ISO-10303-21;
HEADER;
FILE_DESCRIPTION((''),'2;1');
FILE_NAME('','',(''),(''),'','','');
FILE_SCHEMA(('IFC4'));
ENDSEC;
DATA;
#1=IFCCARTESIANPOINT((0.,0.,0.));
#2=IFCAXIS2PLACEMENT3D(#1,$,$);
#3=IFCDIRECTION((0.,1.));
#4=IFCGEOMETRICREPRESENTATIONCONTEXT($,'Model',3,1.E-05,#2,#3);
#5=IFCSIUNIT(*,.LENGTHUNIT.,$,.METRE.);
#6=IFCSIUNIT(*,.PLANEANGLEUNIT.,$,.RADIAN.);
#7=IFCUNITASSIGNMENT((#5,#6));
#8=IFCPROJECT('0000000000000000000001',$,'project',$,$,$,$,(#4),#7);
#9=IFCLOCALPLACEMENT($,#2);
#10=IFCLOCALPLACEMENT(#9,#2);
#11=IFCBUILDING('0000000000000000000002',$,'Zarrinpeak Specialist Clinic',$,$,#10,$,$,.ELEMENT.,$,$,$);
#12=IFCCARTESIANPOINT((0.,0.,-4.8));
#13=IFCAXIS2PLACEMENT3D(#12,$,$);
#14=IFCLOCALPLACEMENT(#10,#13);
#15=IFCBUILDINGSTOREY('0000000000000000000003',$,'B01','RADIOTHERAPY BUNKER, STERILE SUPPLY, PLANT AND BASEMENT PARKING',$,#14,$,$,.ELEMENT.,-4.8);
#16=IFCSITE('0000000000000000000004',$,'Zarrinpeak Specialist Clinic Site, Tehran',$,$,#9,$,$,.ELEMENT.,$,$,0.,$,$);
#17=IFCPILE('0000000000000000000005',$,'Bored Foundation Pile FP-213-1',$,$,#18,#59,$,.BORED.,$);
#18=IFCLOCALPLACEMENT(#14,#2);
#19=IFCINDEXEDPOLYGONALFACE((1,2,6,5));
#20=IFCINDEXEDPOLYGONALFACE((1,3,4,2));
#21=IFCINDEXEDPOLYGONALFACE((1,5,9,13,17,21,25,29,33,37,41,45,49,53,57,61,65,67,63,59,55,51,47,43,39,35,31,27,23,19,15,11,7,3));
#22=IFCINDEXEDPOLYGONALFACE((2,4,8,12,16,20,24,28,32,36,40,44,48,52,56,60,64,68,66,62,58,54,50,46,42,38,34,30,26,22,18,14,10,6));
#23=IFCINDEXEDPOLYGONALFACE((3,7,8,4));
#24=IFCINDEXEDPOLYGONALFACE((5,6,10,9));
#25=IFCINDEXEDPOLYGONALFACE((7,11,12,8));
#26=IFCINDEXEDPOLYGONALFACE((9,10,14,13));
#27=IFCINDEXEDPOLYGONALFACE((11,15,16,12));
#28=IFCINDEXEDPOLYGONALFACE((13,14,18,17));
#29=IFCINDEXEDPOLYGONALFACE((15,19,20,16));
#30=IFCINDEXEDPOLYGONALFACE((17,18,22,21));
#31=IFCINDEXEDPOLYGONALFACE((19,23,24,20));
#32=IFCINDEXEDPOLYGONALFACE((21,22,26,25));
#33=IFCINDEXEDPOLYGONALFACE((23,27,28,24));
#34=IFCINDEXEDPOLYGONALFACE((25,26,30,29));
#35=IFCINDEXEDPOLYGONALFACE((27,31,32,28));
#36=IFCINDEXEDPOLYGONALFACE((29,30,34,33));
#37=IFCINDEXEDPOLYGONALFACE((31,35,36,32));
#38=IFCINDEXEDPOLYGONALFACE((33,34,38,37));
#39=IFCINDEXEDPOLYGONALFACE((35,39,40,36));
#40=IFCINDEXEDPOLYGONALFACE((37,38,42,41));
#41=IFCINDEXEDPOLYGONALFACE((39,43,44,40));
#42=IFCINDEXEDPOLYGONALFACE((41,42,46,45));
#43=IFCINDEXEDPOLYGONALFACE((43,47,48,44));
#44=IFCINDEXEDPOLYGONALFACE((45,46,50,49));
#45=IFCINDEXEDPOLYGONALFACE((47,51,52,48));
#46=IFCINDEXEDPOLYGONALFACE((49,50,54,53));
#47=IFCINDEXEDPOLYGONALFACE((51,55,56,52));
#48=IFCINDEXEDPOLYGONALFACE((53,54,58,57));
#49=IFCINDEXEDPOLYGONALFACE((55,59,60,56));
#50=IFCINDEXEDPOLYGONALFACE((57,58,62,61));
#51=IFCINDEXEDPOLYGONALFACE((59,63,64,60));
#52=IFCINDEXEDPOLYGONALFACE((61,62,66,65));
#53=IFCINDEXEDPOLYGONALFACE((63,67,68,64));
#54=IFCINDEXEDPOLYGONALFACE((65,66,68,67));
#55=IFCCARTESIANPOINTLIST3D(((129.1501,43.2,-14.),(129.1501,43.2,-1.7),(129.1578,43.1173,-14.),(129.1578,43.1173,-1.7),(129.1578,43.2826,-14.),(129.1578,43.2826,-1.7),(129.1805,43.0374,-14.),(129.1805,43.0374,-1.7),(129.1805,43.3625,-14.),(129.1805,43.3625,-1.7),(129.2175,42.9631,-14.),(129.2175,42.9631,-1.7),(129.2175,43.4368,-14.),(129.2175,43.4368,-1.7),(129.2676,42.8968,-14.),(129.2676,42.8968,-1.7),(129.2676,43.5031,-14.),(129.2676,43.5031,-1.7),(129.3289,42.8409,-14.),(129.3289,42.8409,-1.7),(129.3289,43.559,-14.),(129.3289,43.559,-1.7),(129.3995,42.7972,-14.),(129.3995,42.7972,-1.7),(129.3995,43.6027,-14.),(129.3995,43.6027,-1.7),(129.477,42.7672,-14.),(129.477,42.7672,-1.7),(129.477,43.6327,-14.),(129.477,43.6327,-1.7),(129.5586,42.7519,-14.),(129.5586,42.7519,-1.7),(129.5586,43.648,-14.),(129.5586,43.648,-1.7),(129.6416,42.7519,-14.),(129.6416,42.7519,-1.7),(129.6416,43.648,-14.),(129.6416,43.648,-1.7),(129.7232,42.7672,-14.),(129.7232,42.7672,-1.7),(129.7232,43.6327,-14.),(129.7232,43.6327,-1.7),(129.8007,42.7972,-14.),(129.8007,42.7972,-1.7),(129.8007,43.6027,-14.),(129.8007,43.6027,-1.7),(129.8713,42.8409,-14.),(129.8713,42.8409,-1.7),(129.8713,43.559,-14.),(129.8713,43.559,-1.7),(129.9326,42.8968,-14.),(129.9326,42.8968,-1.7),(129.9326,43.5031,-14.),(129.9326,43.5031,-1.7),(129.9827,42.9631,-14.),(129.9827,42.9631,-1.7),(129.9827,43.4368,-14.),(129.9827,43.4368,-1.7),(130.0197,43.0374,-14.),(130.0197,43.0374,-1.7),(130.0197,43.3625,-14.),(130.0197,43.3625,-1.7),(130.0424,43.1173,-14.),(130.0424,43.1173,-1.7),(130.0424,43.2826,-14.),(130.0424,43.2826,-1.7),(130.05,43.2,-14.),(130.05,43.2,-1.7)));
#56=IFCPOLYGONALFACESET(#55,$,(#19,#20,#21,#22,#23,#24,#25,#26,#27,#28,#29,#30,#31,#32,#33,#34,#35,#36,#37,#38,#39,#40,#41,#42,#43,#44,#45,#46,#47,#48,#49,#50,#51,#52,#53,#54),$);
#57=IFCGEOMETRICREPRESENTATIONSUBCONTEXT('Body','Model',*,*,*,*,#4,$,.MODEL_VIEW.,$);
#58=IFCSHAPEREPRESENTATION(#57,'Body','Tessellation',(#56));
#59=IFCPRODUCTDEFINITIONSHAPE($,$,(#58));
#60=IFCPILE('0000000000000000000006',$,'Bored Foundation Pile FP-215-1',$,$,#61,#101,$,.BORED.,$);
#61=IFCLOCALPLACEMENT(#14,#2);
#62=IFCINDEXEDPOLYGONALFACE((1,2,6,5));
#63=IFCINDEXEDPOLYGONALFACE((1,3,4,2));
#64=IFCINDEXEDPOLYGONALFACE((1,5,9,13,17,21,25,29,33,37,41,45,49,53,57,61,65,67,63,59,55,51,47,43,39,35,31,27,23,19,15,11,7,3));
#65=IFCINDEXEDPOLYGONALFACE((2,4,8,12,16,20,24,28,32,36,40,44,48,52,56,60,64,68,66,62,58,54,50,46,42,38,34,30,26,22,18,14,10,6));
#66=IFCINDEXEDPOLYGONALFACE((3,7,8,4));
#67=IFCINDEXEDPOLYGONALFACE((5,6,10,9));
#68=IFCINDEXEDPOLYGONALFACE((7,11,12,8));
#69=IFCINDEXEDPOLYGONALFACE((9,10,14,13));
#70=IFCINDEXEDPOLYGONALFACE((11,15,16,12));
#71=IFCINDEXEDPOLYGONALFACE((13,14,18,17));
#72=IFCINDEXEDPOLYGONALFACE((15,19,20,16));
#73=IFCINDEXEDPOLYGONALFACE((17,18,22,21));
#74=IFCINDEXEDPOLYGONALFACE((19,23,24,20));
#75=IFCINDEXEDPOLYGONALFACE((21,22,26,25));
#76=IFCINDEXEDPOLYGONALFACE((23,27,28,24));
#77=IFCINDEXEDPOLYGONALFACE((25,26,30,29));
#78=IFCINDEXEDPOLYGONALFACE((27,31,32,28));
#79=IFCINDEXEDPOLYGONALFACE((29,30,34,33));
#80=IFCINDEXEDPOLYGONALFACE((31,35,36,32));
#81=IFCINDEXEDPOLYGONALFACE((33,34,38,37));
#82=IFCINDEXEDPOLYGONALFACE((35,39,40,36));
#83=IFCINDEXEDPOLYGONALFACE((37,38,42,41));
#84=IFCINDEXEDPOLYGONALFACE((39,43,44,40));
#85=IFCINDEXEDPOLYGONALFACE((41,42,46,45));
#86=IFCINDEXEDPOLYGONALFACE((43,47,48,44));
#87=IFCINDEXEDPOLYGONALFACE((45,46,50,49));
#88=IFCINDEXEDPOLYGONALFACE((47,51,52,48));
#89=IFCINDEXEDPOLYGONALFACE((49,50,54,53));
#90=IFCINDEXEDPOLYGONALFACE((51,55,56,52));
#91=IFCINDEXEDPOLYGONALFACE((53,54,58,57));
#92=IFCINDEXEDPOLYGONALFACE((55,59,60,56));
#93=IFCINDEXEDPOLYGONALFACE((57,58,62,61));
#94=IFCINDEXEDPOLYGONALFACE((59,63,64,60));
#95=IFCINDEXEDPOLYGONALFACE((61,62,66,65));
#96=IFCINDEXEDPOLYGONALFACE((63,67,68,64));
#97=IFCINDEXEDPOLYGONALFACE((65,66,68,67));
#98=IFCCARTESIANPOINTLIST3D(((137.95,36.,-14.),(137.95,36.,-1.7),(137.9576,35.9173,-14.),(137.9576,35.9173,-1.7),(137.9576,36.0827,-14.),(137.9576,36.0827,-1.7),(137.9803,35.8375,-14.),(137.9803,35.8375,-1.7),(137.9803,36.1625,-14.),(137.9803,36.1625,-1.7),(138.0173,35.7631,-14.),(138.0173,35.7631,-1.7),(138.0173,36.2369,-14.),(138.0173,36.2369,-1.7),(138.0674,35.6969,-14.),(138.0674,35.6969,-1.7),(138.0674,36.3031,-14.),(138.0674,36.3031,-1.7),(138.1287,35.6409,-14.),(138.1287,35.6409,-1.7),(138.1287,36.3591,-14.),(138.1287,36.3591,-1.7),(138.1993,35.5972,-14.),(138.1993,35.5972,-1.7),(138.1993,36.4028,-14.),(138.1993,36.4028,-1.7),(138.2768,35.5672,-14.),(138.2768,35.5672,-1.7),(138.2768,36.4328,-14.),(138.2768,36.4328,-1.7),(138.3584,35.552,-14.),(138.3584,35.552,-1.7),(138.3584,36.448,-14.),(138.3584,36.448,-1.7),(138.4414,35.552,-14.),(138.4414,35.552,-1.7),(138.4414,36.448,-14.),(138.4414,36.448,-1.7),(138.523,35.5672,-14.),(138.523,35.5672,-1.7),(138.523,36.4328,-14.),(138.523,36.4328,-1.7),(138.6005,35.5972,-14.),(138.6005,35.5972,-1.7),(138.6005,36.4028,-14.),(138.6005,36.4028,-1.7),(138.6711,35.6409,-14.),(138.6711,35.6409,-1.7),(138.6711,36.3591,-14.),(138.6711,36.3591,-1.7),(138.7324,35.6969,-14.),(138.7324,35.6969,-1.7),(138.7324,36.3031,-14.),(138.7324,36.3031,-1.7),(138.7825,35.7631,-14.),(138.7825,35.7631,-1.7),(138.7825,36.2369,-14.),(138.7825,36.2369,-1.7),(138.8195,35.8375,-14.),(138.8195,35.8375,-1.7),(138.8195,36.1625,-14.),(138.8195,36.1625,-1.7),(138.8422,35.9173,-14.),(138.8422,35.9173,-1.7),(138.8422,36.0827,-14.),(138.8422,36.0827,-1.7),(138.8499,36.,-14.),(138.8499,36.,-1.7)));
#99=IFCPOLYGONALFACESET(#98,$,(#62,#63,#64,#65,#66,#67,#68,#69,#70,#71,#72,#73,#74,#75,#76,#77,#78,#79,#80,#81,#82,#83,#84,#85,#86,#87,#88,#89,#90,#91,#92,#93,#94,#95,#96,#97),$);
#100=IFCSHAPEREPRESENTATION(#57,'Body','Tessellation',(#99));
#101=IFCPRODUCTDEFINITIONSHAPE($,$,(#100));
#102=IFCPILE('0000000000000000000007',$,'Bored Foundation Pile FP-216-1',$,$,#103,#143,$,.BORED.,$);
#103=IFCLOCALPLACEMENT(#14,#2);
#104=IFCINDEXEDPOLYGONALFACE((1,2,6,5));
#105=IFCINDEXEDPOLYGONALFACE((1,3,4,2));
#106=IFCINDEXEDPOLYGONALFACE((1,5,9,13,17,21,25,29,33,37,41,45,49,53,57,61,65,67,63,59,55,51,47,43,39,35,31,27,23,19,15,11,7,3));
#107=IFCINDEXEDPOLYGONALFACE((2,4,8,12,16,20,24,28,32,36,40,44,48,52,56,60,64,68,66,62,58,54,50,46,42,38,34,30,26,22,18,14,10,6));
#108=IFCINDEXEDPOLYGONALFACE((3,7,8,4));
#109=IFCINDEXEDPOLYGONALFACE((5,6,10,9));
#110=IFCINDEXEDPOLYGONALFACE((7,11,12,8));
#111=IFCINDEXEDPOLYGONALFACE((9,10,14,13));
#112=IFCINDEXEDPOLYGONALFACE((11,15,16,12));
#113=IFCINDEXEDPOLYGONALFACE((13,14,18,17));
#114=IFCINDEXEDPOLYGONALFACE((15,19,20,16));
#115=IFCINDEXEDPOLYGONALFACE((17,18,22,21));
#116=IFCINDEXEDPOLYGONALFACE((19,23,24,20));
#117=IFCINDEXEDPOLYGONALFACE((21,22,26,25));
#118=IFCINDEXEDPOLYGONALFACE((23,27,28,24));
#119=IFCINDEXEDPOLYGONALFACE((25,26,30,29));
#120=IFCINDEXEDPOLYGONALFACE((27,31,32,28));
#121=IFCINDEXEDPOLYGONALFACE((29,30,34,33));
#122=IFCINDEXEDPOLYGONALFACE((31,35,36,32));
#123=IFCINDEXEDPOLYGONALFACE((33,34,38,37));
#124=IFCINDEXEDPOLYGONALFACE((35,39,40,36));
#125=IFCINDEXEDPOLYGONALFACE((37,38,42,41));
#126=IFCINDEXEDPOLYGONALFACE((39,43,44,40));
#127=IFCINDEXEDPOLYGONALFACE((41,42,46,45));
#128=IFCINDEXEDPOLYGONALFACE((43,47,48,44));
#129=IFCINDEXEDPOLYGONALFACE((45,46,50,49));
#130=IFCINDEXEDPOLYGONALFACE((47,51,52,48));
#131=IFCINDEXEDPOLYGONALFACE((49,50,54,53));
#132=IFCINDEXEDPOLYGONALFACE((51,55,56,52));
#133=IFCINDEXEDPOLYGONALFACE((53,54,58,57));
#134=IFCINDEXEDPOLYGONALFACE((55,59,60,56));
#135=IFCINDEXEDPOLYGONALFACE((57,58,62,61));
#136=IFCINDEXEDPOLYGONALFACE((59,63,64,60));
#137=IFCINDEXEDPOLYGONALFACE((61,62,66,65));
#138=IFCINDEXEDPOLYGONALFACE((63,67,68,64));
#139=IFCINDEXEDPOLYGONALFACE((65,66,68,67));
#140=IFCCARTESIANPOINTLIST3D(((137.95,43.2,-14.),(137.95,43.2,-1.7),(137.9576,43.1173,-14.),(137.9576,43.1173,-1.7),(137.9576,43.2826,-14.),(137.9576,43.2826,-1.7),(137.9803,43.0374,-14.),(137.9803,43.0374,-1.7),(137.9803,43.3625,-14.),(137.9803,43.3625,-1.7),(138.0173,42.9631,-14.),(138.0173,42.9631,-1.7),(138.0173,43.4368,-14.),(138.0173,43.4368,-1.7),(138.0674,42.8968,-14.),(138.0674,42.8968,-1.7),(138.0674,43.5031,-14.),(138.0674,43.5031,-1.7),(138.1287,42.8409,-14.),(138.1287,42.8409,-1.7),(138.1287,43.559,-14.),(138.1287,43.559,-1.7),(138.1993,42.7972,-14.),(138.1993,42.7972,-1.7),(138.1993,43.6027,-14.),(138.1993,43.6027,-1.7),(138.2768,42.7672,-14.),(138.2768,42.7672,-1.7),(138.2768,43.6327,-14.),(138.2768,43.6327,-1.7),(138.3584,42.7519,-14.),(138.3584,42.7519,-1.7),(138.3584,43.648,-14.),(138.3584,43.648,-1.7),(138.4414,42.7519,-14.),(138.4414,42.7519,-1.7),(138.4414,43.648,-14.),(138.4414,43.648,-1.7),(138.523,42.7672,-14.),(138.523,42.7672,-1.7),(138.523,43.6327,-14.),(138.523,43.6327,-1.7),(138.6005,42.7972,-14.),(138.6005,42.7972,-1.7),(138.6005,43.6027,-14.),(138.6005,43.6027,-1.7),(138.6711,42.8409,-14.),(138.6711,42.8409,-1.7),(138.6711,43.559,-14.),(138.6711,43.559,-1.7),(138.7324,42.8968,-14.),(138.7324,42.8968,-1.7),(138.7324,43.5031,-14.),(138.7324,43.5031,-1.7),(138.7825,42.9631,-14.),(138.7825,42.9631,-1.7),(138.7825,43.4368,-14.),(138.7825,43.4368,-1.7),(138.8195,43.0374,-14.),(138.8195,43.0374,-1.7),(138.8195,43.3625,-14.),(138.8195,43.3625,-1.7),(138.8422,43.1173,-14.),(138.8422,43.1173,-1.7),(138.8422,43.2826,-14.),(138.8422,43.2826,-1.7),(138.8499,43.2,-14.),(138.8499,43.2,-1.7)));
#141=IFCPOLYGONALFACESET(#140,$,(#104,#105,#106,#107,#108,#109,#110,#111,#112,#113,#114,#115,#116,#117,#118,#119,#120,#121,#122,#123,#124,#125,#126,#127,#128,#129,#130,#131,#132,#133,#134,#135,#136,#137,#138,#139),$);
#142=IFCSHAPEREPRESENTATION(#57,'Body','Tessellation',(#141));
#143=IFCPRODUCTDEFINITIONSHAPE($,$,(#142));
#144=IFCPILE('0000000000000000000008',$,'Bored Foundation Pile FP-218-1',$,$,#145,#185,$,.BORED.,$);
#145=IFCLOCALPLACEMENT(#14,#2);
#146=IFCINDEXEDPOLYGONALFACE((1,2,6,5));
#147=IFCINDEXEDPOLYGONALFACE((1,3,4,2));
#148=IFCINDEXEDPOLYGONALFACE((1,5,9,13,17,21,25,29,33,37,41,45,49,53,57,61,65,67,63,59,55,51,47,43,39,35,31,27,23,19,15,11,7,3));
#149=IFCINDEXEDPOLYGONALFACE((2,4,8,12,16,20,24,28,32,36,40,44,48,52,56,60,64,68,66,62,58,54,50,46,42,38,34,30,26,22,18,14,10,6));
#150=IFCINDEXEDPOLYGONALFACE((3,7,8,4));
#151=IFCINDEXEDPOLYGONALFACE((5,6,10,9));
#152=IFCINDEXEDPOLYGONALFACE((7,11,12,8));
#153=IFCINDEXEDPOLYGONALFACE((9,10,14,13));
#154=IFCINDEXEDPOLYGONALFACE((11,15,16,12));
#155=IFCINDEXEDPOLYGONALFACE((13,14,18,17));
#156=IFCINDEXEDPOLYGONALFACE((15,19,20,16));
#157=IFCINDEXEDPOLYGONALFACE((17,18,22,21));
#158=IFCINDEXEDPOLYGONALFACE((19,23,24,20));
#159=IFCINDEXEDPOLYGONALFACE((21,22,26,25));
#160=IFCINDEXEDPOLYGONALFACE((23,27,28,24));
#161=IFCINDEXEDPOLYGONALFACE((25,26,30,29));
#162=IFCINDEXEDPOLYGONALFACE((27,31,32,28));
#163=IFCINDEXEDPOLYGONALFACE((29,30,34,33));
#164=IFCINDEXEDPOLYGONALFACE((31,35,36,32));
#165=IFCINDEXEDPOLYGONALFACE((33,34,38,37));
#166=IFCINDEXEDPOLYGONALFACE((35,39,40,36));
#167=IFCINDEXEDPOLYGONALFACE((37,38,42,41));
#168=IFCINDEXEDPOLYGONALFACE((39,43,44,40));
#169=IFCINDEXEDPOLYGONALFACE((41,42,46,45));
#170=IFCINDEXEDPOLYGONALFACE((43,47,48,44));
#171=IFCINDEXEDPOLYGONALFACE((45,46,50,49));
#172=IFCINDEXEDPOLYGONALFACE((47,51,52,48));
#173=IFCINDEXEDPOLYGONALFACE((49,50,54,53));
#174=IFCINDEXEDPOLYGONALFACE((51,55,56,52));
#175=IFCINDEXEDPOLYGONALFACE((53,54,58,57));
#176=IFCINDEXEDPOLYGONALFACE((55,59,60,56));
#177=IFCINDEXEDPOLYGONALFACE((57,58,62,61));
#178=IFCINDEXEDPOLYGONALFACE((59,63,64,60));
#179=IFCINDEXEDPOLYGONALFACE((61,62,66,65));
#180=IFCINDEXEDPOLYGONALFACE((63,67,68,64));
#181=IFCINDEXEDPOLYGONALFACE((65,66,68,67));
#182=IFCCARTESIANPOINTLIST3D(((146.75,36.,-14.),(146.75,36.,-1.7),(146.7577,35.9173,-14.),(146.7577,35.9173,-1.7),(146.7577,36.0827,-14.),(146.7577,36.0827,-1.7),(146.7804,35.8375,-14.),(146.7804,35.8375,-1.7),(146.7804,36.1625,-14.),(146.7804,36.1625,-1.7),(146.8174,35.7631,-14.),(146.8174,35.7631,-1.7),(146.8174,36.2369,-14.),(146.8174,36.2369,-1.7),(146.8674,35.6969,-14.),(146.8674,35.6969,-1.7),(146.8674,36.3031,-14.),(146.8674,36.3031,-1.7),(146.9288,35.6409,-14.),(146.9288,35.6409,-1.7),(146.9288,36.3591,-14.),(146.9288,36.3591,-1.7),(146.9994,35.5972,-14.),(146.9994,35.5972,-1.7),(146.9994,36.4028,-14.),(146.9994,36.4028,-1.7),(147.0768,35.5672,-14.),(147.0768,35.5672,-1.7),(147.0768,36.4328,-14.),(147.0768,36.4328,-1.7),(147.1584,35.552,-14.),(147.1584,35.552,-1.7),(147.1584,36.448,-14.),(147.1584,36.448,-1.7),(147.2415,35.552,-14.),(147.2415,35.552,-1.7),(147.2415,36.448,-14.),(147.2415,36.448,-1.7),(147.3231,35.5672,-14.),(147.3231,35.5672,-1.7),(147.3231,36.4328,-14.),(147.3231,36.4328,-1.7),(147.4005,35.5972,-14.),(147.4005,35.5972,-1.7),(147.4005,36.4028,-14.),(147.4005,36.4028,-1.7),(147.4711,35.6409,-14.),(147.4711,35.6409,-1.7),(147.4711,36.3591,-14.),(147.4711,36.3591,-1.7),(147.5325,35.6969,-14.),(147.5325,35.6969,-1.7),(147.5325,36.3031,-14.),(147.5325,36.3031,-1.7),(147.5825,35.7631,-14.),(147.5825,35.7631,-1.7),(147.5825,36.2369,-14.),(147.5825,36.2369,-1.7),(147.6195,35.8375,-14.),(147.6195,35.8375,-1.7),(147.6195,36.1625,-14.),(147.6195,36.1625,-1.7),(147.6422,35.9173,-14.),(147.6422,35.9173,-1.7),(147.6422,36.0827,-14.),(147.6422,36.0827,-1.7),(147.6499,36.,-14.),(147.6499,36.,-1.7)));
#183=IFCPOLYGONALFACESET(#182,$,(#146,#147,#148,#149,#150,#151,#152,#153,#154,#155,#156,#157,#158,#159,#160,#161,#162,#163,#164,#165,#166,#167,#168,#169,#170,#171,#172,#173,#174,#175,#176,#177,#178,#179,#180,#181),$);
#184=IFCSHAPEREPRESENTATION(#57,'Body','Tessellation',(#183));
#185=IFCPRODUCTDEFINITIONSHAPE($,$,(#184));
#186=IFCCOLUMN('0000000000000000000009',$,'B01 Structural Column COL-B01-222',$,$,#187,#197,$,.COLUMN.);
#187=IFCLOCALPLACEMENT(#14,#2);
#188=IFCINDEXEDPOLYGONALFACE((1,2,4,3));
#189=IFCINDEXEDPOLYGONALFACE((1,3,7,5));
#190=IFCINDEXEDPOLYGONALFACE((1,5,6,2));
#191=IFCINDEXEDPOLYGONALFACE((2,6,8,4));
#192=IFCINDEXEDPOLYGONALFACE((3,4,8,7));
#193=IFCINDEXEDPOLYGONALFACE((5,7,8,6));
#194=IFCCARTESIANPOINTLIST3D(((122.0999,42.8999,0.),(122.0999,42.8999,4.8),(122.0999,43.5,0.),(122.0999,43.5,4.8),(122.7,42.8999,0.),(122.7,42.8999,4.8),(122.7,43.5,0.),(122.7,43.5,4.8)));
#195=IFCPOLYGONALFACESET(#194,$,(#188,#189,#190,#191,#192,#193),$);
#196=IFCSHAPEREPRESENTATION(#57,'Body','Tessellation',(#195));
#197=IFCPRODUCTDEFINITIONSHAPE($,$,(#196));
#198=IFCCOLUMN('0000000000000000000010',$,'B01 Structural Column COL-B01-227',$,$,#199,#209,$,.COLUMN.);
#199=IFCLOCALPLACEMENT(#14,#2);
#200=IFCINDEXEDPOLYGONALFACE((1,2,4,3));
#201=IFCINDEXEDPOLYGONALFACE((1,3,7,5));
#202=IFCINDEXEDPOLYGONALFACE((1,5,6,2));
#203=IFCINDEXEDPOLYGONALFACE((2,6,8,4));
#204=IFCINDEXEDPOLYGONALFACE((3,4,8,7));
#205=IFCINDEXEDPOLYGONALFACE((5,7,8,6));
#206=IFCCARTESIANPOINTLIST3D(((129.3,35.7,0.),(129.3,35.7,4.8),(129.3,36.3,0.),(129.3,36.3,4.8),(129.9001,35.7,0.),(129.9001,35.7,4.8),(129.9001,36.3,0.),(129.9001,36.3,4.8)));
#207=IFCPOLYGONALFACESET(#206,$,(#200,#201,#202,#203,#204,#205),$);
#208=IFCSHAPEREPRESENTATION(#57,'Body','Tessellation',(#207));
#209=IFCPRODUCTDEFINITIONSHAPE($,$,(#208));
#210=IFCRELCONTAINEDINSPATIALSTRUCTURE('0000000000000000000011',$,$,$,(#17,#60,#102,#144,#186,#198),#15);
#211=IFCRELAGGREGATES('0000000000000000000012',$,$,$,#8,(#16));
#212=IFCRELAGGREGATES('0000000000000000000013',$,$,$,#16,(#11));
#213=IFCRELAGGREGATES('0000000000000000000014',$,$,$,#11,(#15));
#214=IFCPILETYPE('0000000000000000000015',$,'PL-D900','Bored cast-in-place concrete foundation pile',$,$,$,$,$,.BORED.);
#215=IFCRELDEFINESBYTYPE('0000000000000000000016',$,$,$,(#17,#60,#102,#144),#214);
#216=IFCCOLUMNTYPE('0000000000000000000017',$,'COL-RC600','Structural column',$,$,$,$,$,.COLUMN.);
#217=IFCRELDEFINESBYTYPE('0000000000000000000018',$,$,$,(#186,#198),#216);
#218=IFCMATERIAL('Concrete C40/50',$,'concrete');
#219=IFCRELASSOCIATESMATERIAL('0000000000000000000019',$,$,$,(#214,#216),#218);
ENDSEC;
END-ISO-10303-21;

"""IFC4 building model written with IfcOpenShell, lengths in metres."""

from ifc_helpers import new_model, si_unit, direction, frame, origin, origin_2d, place, context, subcontext, project, spatial, rectangle, circle, extrude, material, material_profile, profile_set, type_object, element, save


model = new_model("IFC4")

# Units and contexts
model_context = context("Model", 3, precision=1e-05, world=origin(), true_north=direction((0.0, 1.0)))
body_context = subcontext(model_context, "Body", "Model", "MODEL_VIEW")
ifc_project = project(units=[si_unit("LENGTHUNIT", "METRE"), si_unit("PLANEANGLEUNIT", "RADIAN")], contexts=[model_context])

# Site, building, storey
site_placement = place(None, origin())
site = spatial("IfcSite", under=ifc_project, at=site_placement, Name="Zarrinpeak Specialist Clinic Site, Tehran", CompositionType="ELEMENT", RefElevation=0.0)
building_placement = place(site_placement, origin())
building = spatial("IfcBuilding", under=site, at=building_placement, Name="Zarrinpeak Specialist Clinic", CompositionType="ELEMENT")
storey_placement = place(building_placement, frame((0.0, 0.0, -4.8)))
storey = spatial("IfcBuildingStorey", under=building, at=storey_placement, Name="B01", Description="RADIOTHERAPY BUNKER, STERILE SUPPLY, PLANT AND BASEMENT PARKING", CompositionType="ELEMENT", Elevation=-4.8)

# Shared definitions
ifc_material_1 = material(Name="Concrete C40/50", Category="concrete")

# Piles
ifc_material_profile_1 = material_profile(ifc_material_1, circle(Radius=0.45, at=origin_2d()), Name="BORED PILE D900")
ifc_profile_set_1 = profile_set([ifc_material_profile_1], Name="Concrete C40/50")
pile_type = type_object("IfcPileType", Name="PL-D900", Description="Bored cast-in-place concrete foundation pile", PredefinedType="BORED", material=ifc_profile_set_1)
for number, where, z_axis, x_axis, name in (
    (1, (129.6001, 43.2, -1.7), (0.0, 0.0, -1.0), (1.0, 0.0, 0.0), "Bored Foundation Pile FP-213-1"),
    (2, (138.3999, 36.0, -1.7), (0.0, 0.0, -1.0), (1.0, 0.0, 0.0), "Bored Foundation Pile FP-215-1"),
    (3, (138.3999, 43.2, -1.7), (0.0, 0.0, -1.0), (1.0, 0.0, 0.0), "Bored Foundation Pile FP-216-1"),
    (4, (147.2, 36.0, -1.7), (0.0, 0.0, -1.0), (1.0, 0.0, 0.0), "Bored Foundation Pile FP-218-1"),
):
    element("IfcPile", number, at=place(storey_placement, frame(where, z_axis=z_axis, x_axis=x_axis)), inside=storey, type_object=pile_type, Name=name, PredefinedType="BORED", context=body_context, shape_type="SweptSolid", body=[
        extrude(circle(Radius=0.45, at=origin_2d()), origin(), (0.0, 0.0, 1.0), 12.3),
    ])

# Columns
ifc_material_profile_2 = material_profile(ifc_material_1, rectangle(XDim=0.6001, YDim=0.6001, at=origin_2d()), Name="RC 600x600")
ifc_profile_set_2 = profile_set([ifc_material_profile_2], Name="Concrete C40/50")
column_type = type_object("IfcColumnType", Name="COL-RC600", Description="Structural column", PredefinedType="COLUMN", material=ifc_profile_set_2)
for number, where, z_axis, x_axis, name in (
    (5, (122.3999, 43.2, 0.0), (0.0, 0.0, 1.0), (1.0, 0.0, 0.0), "B01 Structural Column COL-B01-222"),
    (6, (129.6001, 36.0, 0.0), (0.0, 0.0, 1.0), (1.0, 0.0, 0.0), "B01 Structural Column COL-B01-227"),
):
    element("IfcColumn", number, at=place(storey_placement, frame(where, z_axis=z_axis, x_axis=x_axis)), inside=storey, type_object=column_type, Name=name, PredefinedType="COLUMN", context=body_context, shape_type="SweptSolid", body=[
        extrude(rectangle(XDim=0.6001, YDim=0.6001, at=origin_2d()), origin(), (0.0, 0.0, 1.0), 4.8),
    ])

save(model, "model.ifc")
